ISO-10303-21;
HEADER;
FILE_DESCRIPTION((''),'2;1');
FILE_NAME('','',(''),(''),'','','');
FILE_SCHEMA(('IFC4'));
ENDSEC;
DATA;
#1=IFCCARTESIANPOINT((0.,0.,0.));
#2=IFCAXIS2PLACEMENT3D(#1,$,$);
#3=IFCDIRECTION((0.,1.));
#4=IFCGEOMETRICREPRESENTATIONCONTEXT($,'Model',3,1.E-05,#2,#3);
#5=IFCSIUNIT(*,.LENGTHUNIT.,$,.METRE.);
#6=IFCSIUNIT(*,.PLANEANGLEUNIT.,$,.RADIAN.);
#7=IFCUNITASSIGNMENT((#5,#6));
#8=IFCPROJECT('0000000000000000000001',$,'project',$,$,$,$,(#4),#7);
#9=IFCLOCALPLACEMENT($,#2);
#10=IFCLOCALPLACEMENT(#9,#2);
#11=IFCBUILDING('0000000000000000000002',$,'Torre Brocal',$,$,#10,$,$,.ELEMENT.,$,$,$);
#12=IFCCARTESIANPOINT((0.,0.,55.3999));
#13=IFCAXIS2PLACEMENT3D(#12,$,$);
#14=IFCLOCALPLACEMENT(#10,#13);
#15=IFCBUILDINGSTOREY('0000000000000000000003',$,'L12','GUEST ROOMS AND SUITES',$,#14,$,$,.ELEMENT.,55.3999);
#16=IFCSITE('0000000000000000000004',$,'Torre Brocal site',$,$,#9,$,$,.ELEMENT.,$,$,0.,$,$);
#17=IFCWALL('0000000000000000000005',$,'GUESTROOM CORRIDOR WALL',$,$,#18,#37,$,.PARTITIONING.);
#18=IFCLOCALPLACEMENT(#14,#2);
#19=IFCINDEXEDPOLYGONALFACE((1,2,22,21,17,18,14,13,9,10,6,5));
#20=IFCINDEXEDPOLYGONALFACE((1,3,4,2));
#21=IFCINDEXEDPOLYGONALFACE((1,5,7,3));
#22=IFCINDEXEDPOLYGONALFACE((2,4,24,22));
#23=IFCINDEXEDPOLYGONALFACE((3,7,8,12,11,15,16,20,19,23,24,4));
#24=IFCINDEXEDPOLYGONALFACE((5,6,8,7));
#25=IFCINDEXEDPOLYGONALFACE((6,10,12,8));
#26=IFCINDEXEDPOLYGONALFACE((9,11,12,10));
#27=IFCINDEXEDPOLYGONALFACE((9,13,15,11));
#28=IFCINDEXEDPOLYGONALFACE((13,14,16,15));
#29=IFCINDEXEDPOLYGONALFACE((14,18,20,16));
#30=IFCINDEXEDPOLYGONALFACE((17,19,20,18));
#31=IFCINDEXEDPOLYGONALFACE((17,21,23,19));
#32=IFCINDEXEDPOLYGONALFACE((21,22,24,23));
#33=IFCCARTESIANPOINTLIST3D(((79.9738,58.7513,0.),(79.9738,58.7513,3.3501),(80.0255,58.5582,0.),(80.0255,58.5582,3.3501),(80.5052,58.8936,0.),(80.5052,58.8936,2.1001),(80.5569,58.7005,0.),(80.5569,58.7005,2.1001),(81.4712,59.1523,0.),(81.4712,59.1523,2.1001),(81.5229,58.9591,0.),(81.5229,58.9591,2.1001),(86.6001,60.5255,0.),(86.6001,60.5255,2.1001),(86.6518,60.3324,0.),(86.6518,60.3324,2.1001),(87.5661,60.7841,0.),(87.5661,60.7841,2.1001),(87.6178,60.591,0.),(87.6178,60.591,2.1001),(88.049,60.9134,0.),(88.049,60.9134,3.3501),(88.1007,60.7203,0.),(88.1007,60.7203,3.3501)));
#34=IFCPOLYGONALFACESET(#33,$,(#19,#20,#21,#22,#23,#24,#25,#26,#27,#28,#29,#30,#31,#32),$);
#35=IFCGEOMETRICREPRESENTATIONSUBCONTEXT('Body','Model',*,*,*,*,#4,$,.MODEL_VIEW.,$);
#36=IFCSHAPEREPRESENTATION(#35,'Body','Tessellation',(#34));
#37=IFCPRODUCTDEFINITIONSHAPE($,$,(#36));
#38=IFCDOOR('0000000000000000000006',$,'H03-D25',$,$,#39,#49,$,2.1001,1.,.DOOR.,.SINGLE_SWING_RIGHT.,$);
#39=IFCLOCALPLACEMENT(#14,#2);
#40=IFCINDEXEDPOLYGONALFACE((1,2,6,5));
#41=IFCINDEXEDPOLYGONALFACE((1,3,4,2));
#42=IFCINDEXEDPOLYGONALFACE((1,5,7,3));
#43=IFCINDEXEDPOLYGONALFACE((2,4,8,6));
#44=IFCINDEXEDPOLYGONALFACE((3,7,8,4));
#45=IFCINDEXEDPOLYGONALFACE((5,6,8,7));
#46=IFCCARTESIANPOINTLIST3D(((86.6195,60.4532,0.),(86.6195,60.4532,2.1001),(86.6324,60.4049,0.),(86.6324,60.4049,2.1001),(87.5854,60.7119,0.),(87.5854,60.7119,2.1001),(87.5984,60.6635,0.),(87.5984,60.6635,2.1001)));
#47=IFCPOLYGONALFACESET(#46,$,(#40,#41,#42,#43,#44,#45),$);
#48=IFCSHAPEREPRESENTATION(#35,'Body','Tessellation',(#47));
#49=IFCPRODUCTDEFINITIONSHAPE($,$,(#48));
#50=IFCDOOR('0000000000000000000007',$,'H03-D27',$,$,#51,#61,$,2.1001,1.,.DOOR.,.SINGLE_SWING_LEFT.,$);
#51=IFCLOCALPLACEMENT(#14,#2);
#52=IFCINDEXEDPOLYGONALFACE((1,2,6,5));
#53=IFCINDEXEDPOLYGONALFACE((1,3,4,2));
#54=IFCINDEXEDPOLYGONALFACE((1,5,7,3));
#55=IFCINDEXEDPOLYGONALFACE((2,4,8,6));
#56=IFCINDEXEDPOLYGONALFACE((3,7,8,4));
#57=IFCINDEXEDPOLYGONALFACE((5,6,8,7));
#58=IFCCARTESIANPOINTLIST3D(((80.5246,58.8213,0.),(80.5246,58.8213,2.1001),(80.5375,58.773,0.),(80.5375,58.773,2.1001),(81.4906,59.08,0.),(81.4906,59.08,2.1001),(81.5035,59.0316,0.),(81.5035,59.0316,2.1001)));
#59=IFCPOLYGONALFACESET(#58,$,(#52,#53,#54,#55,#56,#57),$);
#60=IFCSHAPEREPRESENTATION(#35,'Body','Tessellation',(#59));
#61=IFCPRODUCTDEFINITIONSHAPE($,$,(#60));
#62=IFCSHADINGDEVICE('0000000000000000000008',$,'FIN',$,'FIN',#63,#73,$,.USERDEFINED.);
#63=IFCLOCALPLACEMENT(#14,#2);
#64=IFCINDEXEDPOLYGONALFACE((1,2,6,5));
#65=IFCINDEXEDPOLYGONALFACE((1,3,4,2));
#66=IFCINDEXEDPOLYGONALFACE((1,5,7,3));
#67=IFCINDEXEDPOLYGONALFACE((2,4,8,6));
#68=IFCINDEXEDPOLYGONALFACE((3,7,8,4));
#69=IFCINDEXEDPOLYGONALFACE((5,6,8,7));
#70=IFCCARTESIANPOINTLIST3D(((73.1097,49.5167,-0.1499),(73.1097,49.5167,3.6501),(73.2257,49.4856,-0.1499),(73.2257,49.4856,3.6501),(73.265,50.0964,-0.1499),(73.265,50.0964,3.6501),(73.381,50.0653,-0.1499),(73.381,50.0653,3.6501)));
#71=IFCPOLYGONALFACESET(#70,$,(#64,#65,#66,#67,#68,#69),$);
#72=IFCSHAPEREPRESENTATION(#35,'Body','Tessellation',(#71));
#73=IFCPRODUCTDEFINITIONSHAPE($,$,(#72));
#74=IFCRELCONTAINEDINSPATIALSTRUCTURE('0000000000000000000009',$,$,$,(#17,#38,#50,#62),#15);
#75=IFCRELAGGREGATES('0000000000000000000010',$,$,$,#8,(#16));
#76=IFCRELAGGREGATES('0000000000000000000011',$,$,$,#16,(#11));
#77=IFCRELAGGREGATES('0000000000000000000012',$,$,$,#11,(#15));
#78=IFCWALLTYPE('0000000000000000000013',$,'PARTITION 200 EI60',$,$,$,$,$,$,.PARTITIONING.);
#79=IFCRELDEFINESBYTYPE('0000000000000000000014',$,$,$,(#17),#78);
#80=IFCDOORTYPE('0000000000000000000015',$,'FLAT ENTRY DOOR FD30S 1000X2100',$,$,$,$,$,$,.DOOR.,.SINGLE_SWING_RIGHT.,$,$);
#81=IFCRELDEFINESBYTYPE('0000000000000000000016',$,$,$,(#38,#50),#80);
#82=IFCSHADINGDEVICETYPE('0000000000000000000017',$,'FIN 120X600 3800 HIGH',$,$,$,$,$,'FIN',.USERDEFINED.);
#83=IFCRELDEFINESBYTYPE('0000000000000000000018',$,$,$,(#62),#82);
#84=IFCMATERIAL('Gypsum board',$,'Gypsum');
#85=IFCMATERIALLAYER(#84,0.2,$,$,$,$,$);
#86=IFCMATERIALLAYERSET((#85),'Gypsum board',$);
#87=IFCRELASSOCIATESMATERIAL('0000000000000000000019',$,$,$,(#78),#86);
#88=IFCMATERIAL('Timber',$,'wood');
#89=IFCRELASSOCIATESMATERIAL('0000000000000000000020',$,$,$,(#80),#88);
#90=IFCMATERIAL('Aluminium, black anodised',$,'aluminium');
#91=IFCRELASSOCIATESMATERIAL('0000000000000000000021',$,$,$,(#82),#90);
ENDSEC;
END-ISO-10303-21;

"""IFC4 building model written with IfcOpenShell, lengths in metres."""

from ifc_helpers import new_model, si_unit, direction, frame, frame_2d, origin, origin_2d, place, context, subcontext, project, spatial, rectangle, extrude, material, layer, layer_set, material_profile, profile_set, type_object, element, fill, save


model = new_model("IFC4")

# Units and contexts
model_context = context("Model", 3, precision=1e-05, world=origin(), true_north=direction((0.0, 1.0)))
body_context = subcontext(model_context, "Body", "Model", "MODEL_VIEW")
ifc_project = project(units=[si_unit("LENGTHUNIT", "METRE"), si_unit("PLANEANGLEUNIT", "RADIAN")], contexts=[model_context])

# Site, building, storey
site_placement = place(None, origin())
site = spatial("IfcSite", under=ifc_project, at=site_placement, Name="Torre Brocal site", CompositionType="ELEMENT", RefElevation=0.0)
building_placement = place(site_placement, origin())
building = spatial("IfcBuilding", under=site, at=building_placement, Name="Torre Brocal", CompositionType="ELEMENT")
storey_placement = place(building_placement, frame((0.0, 0.0, 55.3999)))
storey = spatial("IfcBuildingStorey", under=building, at=storey_placement, Name="L12", Description="GUEST ROOMS AND SUITES", CompositionType="ELEMENT", Elevation=55.3999)

# Shared definitions
ifc_material_1 = material(Name="Gypsum board", Category="Gypsum")
ifc_layer_1 = layer(ifc_material_1, 0.2)
ifc_layer_set_1 = layer_set([ifc_layer_1], Name="Gypsum board")
wall_type_1 = type_object("IfcWallType", Name="PARTITION 200 EI60", PredefinedType="PARTITIONING", material=ifc_layer_set_1)

# Wall, openings, doors
wall_1_placement = place(storey_placement, frame((79.9998, 58.6548, 0.0), z_axis=(0.0, 0.0, 1.0), x_axis=(0.965975, 0.258637, 0.0)))
wall_1 = element("IfcWall", 1, at=wall_1_placement, inside=storey, type_object=wall_type_1, Name="GUESTROOM CORRIDOR WALL", PredefinedType="PARTITIONING", context=body_context, shape_type="SweptSolid", body=[
    extrude(rectangle(XDim=8.3596, YDim=0.2, at=frame_2d((4.1797, 0.0))), origin(), (0.0, 0.0, 1.0), 3.3501),
])
opening_1_placement = place(wall_1_placement, frame((6.8596, 0.0, 0.0)))
opening_1 = element("IfcOpeningElement", 2, at=opening_1_placement, cuts=wall_1, PredefinedType="OPENING", context=body_context, shape_type="SweptSolid", body=[
    extrude(rectangle(XDim=1.0, YDim=2.1001, at=frame_2d((0.5, 1.05))), frame((0.0, 0.1099, 0.0), z_axis=(0.0, -1.0, 0.0), x_axis=(1.0, 0.0, 0.0)), (0.0, 0.0, 1.0), 0.22),
])
opening_2_placement = place(wall_1_placement, frame((0.55, 0.0, 0.0)))
opening_2 = element("IfcOpeningElement", 3, at=opening_2_placement, cuts=wall_1, PredefinedType="OPENING", context=body_context, shape_type="SweptSolid", body=[
    extrude(rectangle(XDim=1.0, YDim=2.1001, at=frame_2d((0.5, 1.05))), frame((0.0, 0.1099, 0.0), z_axis=(0.0, -1.0, 0.0), x_axis=(1.0, 0.0, 0.0)), (0.0, 0.0, 1.0), 0.22),
])
ifc_material_2 = material(Name="Timber", Category="wood")
door_type_1 = type_object("IfcDoorType", Name="FLAT ENTRY DOOR FD30S 1000X2100", OperationType="SINGLE_SWING_RIGHT", PredefinedType="DOOR", material=ifc_material_2)
door_1_placement = place(opening_1_placement, frame((1.0, 0.0, 0.0), z_axis=(0.0, 0.0, 1.0), x_axis=(-1.0, 0.0, 0.0)))
door_1 = element("IfcDoor", 4, at=door_1_placement, inside=storey, type_object=door_type_1, Name="H03-D25", OperationType="SINGLE_SWING_RIGHT", OverallHeight=2.1001, OverallWidth=1.0, PredefinedType="DOOR", context=body_context, shape_type="SweptSolid", body=[
    extrude(rectangle(XDim=1.0, YDim=2.1001, at=frame_2d((0.5, 1.05))), frame((0.0, 0.0249, 0.0), z_axis=(0.0, -1.0, 0.0), x_axis=(1.0, 0.0, 0.0)), (0.0, 0.0, 1.0), 0.05),
])
fill(opening_1, door_1)
door_2_placement = place(opening_2_placement, frame((1.0, 0.0, 0.0), z_axis=(0.0, 0.0, 1.0), x_axis=(-1.0, 0.0, 0.0)))
door_2 = element("IfcDoor", 5, at=door_2_placement, inside=storey, type_object=door_type_1, Name="H03-D27", OperationType="SINGLE_SWING_LEFT", OverallHeight=2.1001, OverallWidth=1.0, PredefinedType="DOOR", context=body_context, shape_type="SweptSolid", body=[
    extrude(rectangle(XDim=1.0, YDim=2.1001, at=frame_2d((0.5, 1.05))), frame((0.0, 0.0249, 0.0), z_axis=(0.0, -1.0, 0.0), x_axis=(1.0, 0.0, 0.0)), (0.0, 0.0, 1.0), 0.05),
])
fill(opening_2, door_2)

# Shading device
ifc_material_3 = material(Name="Aluminium, black anodised", Category="aluminium")
ifc_material_profile_1 = material_profile(ifc_material_3, rectangle(XDim=0.1201, YDim=0.6001, at=origin_2d()), Name="FIN 120X600 3800 HIGH")
ifc_profile_set_1 = profile_set([ifc_material_profile_1], Name="Aluminium, black anodised")
shading_device_type = type_object("IfcShadingDeviceType", Name="FIN 120X600 3800 HIGH", ElementType="FIN", PredefinedType="USERDEFINED", material=ifc_profile_set_1)
shading_device_placement = place(storey_placement, frame((73.2454, 49.791, -0.1499), z_axis=(0.0, 0.0, 1.0), x_axis=(0.965926, -0.258819, 0.0)))
element("IfcShadingDevice", 6, at=shading_device_placement, inside=storey, type_object=shading_device_type, Name="FIN", ObjectType="FIN", PredefinedType="USERDEFINED", context=body_context, shape_type="SweptSolid", body=[
    extrude(rectangle(XDim=0.1201, YDim=0.6001, at=origin_2d()), origin(), (0.0, 0.0, 1.0), 3.8),
])

save(model, "model.ifc")
